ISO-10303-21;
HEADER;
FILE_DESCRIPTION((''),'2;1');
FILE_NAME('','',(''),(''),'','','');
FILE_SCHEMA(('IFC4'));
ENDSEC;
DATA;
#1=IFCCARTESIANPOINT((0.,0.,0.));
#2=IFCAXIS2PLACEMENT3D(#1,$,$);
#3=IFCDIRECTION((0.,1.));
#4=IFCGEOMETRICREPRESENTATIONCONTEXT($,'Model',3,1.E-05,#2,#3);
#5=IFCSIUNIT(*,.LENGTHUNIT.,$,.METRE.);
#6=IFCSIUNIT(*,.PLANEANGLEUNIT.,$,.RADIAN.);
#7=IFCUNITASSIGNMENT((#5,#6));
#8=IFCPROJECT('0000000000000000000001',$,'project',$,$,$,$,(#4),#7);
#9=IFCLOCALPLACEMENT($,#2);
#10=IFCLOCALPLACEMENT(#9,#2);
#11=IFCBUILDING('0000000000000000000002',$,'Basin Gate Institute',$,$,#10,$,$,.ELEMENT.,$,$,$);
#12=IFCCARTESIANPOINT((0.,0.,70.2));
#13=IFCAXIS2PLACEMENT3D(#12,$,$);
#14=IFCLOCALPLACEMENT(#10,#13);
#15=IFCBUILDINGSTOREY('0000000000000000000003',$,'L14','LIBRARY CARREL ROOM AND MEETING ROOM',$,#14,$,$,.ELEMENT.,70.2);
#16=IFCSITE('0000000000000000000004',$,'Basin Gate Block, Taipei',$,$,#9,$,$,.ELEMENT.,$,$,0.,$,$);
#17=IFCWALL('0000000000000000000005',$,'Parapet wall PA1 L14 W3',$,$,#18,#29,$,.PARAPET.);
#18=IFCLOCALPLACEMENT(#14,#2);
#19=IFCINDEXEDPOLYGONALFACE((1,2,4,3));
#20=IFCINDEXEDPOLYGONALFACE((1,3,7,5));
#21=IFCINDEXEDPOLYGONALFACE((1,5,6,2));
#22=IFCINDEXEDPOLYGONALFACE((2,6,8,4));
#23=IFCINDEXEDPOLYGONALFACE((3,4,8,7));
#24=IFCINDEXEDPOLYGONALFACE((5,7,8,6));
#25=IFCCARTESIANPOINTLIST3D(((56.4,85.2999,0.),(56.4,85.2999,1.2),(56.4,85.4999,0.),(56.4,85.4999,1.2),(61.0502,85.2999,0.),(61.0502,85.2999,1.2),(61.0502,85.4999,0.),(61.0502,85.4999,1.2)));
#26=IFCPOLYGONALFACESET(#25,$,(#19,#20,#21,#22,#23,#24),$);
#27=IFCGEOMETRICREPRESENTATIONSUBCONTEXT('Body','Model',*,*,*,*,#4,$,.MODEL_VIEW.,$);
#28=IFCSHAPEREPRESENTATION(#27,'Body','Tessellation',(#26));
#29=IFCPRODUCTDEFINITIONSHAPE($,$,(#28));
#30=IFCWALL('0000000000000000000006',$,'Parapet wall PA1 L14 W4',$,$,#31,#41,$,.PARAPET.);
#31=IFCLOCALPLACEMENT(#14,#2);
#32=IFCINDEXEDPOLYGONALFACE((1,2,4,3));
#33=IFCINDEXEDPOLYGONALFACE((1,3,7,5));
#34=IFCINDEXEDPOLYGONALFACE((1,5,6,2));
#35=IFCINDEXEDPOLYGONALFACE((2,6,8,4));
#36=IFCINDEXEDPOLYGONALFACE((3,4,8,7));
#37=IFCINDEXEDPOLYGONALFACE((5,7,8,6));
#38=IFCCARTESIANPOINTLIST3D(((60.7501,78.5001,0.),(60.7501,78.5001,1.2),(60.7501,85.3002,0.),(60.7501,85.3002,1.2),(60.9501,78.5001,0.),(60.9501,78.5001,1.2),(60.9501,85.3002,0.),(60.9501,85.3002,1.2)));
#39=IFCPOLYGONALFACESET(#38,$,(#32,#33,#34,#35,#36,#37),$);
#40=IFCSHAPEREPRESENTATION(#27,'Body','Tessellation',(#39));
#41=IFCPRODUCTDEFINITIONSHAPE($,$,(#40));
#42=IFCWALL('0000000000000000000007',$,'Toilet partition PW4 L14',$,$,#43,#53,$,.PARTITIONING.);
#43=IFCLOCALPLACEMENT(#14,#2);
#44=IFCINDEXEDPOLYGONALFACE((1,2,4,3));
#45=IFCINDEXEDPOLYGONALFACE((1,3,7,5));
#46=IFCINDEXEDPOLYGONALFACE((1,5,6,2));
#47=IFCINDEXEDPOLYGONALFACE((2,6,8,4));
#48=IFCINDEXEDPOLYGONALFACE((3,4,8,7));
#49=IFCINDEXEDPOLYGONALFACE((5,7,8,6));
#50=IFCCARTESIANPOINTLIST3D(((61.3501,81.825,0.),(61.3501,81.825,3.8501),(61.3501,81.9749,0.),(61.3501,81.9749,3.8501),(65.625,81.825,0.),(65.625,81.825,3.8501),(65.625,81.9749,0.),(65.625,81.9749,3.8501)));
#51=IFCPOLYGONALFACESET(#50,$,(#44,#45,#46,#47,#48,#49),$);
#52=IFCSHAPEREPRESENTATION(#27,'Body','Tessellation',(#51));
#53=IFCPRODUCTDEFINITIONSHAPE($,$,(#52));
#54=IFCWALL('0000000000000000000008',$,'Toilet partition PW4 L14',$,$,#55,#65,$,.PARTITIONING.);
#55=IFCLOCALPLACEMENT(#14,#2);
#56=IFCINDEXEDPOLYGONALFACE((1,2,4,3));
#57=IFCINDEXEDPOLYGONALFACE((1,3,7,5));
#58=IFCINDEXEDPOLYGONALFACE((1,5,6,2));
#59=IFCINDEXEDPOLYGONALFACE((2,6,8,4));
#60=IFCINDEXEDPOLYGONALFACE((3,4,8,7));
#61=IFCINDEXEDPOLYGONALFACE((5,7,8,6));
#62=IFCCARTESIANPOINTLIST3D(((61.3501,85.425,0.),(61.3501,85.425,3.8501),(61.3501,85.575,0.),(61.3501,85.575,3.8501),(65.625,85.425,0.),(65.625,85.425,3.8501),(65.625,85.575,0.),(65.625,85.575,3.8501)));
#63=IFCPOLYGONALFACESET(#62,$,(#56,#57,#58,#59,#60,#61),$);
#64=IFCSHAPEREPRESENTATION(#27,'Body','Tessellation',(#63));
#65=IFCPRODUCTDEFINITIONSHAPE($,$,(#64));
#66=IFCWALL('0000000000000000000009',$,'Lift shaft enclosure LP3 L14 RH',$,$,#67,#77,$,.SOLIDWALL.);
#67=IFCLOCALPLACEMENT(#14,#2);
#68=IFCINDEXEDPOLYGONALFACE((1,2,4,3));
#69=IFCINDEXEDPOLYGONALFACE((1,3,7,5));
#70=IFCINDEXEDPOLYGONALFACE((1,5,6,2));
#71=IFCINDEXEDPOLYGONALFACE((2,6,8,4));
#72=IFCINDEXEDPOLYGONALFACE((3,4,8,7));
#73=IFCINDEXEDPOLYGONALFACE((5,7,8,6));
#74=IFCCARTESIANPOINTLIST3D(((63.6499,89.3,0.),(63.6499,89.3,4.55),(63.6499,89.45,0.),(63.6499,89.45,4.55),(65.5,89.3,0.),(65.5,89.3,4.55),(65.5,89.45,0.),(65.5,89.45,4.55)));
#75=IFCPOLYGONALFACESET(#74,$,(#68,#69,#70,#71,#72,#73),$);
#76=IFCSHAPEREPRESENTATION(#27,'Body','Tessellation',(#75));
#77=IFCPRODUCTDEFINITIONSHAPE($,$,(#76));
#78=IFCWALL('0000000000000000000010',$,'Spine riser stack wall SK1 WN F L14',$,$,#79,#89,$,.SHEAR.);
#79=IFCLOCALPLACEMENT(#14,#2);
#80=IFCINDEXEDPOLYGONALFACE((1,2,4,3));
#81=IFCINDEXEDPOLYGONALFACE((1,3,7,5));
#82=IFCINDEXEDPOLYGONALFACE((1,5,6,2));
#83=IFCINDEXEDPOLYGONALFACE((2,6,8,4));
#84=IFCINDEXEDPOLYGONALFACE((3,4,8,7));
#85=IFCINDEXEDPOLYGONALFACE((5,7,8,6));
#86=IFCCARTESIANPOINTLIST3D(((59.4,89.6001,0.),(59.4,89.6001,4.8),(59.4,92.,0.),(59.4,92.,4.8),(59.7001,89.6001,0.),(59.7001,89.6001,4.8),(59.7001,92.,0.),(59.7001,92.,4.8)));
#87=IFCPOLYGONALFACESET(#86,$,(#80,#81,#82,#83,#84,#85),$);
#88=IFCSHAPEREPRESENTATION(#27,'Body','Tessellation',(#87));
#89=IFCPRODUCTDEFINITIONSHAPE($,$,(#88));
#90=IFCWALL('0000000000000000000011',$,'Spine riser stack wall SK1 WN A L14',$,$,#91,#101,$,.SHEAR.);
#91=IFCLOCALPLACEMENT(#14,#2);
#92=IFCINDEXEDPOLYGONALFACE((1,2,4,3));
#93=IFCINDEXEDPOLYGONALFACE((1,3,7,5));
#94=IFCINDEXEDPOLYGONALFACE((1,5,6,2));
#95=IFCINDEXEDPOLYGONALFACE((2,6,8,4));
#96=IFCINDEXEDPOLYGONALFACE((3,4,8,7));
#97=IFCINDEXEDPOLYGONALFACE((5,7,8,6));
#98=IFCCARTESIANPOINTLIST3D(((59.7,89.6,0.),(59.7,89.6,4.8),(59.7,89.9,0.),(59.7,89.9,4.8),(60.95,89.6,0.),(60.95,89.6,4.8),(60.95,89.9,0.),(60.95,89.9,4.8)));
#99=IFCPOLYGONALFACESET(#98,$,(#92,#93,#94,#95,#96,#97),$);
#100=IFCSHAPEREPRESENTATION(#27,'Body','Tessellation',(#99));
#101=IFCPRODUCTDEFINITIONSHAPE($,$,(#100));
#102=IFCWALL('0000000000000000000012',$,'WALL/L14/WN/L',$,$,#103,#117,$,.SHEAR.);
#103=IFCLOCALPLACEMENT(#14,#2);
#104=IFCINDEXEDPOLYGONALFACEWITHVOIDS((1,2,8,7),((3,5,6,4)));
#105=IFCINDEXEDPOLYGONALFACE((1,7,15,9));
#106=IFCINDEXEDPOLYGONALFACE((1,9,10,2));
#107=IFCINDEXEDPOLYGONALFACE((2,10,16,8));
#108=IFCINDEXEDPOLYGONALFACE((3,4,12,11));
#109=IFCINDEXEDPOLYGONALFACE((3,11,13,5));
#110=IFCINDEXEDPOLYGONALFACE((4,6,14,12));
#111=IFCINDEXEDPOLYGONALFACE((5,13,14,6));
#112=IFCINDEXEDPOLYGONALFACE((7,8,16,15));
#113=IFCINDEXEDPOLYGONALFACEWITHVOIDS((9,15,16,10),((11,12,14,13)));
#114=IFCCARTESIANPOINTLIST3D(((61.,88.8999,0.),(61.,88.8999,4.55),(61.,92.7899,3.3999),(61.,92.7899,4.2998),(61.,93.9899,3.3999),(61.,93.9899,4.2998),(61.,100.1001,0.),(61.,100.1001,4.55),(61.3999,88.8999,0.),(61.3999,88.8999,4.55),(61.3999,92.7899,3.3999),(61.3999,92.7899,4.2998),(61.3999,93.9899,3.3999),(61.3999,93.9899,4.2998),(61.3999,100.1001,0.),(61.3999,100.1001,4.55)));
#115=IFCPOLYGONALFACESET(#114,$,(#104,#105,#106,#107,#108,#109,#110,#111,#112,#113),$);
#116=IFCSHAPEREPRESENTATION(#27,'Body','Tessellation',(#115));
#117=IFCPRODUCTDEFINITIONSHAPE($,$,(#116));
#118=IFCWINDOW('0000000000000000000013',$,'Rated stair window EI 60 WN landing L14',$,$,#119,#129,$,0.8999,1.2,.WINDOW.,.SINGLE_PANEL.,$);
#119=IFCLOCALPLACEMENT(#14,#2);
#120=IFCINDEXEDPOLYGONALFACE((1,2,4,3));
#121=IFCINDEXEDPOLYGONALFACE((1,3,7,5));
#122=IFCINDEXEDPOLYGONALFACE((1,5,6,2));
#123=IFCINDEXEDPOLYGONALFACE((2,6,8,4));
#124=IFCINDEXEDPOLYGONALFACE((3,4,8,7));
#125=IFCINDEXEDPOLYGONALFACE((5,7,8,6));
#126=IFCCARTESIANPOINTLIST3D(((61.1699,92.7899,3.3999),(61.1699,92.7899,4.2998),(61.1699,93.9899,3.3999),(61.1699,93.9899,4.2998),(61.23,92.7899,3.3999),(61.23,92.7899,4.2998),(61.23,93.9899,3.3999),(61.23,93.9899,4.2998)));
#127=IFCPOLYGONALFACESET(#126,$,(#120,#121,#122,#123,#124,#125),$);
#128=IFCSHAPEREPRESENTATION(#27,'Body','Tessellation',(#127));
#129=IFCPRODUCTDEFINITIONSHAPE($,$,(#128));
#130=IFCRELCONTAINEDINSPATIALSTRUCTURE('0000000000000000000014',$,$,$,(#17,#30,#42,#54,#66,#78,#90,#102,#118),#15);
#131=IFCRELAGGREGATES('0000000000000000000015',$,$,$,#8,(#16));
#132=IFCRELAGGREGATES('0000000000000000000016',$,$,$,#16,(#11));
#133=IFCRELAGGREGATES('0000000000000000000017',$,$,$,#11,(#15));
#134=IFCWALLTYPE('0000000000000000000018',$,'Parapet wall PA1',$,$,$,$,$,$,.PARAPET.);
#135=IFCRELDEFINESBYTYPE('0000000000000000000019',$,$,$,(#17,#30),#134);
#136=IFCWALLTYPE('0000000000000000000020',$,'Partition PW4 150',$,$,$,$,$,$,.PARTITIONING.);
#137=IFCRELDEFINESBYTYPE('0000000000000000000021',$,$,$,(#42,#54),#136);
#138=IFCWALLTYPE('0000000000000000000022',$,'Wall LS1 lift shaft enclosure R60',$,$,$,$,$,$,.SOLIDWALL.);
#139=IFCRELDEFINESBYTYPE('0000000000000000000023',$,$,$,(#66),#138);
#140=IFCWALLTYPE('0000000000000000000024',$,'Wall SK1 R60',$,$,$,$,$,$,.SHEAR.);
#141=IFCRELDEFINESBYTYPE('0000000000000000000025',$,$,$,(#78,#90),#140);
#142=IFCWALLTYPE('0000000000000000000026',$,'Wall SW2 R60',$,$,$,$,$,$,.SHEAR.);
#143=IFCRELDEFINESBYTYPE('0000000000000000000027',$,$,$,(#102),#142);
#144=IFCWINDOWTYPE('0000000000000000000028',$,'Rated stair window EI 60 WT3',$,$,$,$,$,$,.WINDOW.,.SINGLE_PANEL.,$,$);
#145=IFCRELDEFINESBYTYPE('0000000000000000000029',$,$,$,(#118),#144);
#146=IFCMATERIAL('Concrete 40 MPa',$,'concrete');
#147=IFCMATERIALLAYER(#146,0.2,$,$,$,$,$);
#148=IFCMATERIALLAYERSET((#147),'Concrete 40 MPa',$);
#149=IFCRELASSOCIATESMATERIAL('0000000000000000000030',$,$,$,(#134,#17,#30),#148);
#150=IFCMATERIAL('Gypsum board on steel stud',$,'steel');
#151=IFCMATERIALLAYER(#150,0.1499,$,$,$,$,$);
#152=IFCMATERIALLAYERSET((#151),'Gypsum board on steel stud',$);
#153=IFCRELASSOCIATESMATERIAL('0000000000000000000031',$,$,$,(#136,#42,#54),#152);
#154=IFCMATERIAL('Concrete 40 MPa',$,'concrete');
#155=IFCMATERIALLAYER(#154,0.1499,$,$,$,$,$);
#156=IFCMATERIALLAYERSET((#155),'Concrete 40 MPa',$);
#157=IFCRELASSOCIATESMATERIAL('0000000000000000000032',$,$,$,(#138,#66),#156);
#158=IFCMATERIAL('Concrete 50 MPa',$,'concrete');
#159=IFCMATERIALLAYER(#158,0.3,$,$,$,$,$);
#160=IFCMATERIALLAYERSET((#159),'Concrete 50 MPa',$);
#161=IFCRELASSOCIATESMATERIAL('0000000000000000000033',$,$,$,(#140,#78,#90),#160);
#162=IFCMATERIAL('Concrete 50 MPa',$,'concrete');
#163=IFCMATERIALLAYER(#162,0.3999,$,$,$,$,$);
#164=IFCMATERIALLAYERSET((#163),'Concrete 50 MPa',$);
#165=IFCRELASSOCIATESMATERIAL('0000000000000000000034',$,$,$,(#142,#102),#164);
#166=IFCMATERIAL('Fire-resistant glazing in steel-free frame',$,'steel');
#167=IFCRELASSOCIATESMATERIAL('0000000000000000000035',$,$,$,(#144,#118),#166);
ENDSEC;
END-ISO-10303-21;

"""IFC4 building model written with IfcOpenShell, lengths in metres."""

from ifc_helpers import new_model, si_unit, direction, frame, frame_2d, origin, place, context, subcontext, project, spatial, rectangle, extrude, material, layer, layer_set, type_object, element, fill, save


model = new_model("IFC4")

# Units and contexts
model_context = context("Model", 3, precision=1e-05, world=origin(), true_north=direction((0.0, 1.0)))
body_context = subcontext(model_context, "Body", "Model", "MODEL_VIEW")
ifc_project = project(units=[si_unit("LENGTHUNIT", "METRE"), si_unit("PLANEANGLEUNIT", "RADIAN")], contexts=[model_context])

# Site, building, storey
site_placement = place(None, origin())
site = spatial("IfcSite", under=ifc_project, at=site_placement, Name="Basin Gate Block, Taipei", CompositionType="ELEMENT", RefElevation=0.0)
building_placement = place(site_placement, origin())
building = spatial("IfcBuilding", under=site, at=building_placement, Name="Basin Gate Institute", CompositionType="ELEMENT")
storey_placement = place(building_placement, frame((0.0, 0.0, 70.2)))
storey = spatial("IfcBuildingStorey", under=building, at=storey_placement, Name="L14", Description="LIBRARY CARREL ROOM AND MEETING ROOM", CompositionType="ELEMENT", Elevation=70.2)

# Walls
ifc_material_1 = material(Name="Concrete 40 MPa", Category="concrete")
ifc_layer_1 = layer(ifc_material_1, 0.2)
ifc_layer_set_1 = layer_set([ifc_layer_1], Name="Concrete 40 MPa")
wall_type_1 = type_object("IfcWallType", Name="Parapet wall PA1", PredefinedType="PARAPET", material=ifc_layer_set_1)
wall_1_placement = place(storey_placement, frame((56.3999, 85.3999, 0.0), z_axis=(0.0, 0.0, 1.0), x_axis=(1.0, 0.0, 0.0)))
element("IfcWall", 1, at=wall_1_placement, inside=storey, type_object=wall_type_1, material=ifc_layer_set_1, Name="Parapet wall PA1 L14 W3", PredefinedType="PARAPET", context=body_context, shape_type="SweptSolid", body=[
    extrude(rectangle(XDim=4.6501, YDim=0.2, at=frame_2d((2.3252, 0.0))), origin(), (0.0, 0.0, 1.0), 1.2),
])
wall_2_placement = place(storey_placement, frame((60.8501, 85.3, 0.0), z_axis=(0.0, 0.0, 1.0), x_axis=(0.0, -1.0, 0.0)))
element("IfcWall", 2, at=wall_2_placement, inside=storey, type_object=wall_type_1, material=ifc_layer_set_1, Name="Parapet wall PA1 L14 W4", PredefinedType="PARAPET", context=body_context, shape_type="SweptSolid", body=[
    extrude(rectangle(XDim=6.8, YDim=0.2, at=frame_2d((3.3999, 0.0))), origin(), (0.0, 0.0, 1.0), 1.2),
])
ifc_material_2 = material(Name="Gypsum board on steel stud", Category="steel")
ifc_layer_2 = layer(ifc_material_2, 0.1499)
ifc_layer_set_2 = layer_set([ifc_layer_2], Name="Gypsum board on steel stud")
wall_type_2 = type_object("IfcWallType", Name="Partition PW4 150", PredefinedType="PARTITIONING", material=ifc_layer_set_2)
for number, where, z_axis, x_axis, name in (
    (3, (61.3501, 81.8999, 0.0), (0.0, 0.0, 1.0), (1.0, 0.0, 0.0), "Toilet partition PW4 L14"),
    (4, (61.3501, 85.5, 0.0), (0.0, 0.0, 1.0), (1.0, 0.0, 0.0), "Toilet partition PW4 L14"),
):
    element("IfcWall", number, at=place(storey_placement, frame(where, z_axis=z_axis, x_axis=x_axis)), inside=storey, type_object=wall_type_2, material=ifc_layer_set_2, Name=name, PredefinedType="PARTITIONING", context=body_context, shape_type="SweptSolid", body=[
        extrude(rectangle(XDim=4.2749, YDim=0.1499, at=frame_2d((2.1375, 0.0))), origin(), (0.0, 0.0, 1.0), 3.8501),
    ])
ifc_material_3 = material(Name="Concrete 40 MPa", Category="concrete")
ifc_layer_3 = layer(ifc_material_3, 0.1499)
ifc_layer_set_3 = layer_set([ifc_layer_3], Name="Concrete 40 MPa")
wall_type_3 = type_object("IfcWallType", Name="Wall LS1 lift shaft enclosure R60", PredefinedType="SOLIDWALL", material=ifc_layer_set_3)
wall_3_placement = place(storey_placement, frame((63.6499, 89.375, 0.0), z_axis=(0.0, 0.0, 1.0), x_axis=(1.0, 0.0, 0.0)))
element("IfcWall", 5, at=wall_3_placement, inside=storey, type_object=wall_type_3, material=ifc_layer_set_3, Name="Lift shaft enclosure LP3 L14 RH", PredefinedType="SOLIDWALL", context=body_context, shape_type="SweptSolid", body=[
    extrude(rectangle(XDim=1.8501, YDim=0.1499, at=frame_2d((0.925, 0.0))), origin(), (0.0, 0.0, 1.0), 4.55),
])
ifc_material_4 = material(Name="Concrete 50 MPa", Category="concrete")
ifc_layer_4 = layer(ifc_material_4, 0.3)
ifc_layer_set_4 = layer_set([ifc_layer_4], Name="Concrete 50 MPa")
wall_type_4 = type_object("IfcWallType", Name="Wall SK1 R60", PredefinedType="SHEAR", material=ifc_layer_set_4)
wall_4_placement = place(storey_placement, frame((59.55, 89.6001, 0.0), z_axis=(0.0, 0.0, 1.0), x_axis=(0.0, 1.0, 0.0)))
element("IfcWall", 6, at=wall_4_placement, inside=storey, type_object=wall_type_4, material=ifc_layer_set_4, Name="Spine riser stack wall SK1 WN F L14", PredefinedType="SHEAR", context=body_context, shape_type="SweptSolid", body=[
    extrude(rectangle(XDim=2.3999, YDim=0.3, at=frame_2d((1.2, 0.0))), origin(), (0.0, 0.0, 1.0), 4.8),
])
wall_5_placement = place(storey_placement, frame((60.95, 89.75, 0.0), z_axis=(0.0, 0.0, 1.0), x_axis=(-1.0, 0.0, 0.0)))
element("IfcWall", 7, at=wall_5_placement, inside=storey, type_object=wall_type_4, material=ifc_layer_set_4, Name="Spine riser stack wall SK1 WN A L14", PredefinedType="SHEAR", context=body_context, shape_type="SweptSolid", body=[
    extrude(rectangle(XDim=1.25, YDim=0.3, at=frame_2d((0.625, 0.0))), origin(), (0.0, 0.0, 1.0), 4.8),
])

# Wall, opening, window
ifc_material_5 = material(Name="Concrete 50 MPa", Category="concrete")
ifc_layer_5 = layer(ifc_material_5, 0.3999)
ifc_layer_set_5 = layer_set([ifc_layer_5], Name="Concrete 50 MPa")
wall_type_5 = type_object("IfcWallType", Name="Wall SW2 R60", PredefinedType="SHEAR", material=ifc_layer_set_5)
wall_6_placement = place(storey_placement, frame((61.2, 88.8999, 0.0), z_axis=(0.0, 0.0, 1.0), x_axis=(0.0, 1.0, 0.0)))
wall_6 = element("IfcWall", 8, at=wall_6_placement, inside=storey, type_object=wall_type_5, material=ifc_layer_set_5, Name="WALL/L14/WN/L", PredefinedType="SHEAR", context=body_context, shape_type="SweptSolid", body=[
    extrude(rectangle(XDim=11.2002, YDim=0.3999, at=frame_2d((5.6001, 0.0))), origin(), (0.0, 0.0, 1.0), 4.55),
])
opening_1_placement = place(wall_6_placement, frame((3.8899, 0.0, 3.3999)))
opening_1 = element("IfcOpeningElement", 9, at=opening_1_placement, cuts=wall_6, PredefinedType="OPENING", context=body_context, shape_type="SweptSolid", body=[
    extrude(rectangle(XDim=1.2, YDim=0.8999, at=frame_2d((0.6001, 0.45))), frame((0.0, 0.21, 0.0), z_axis=(0.0, -1.0, 0.0), x_axis=(1.0, 0.0, 0.0)), (0.0, 0.0, 1.0), 0.4199),
])
ifc_material_6 = material(Name="Fire-resistant glazing in steel-free frame", Category="steel")
window_type_1 = type_object("IfcWindowType", Name="Rated stair window EI 60 WT3", PartitioningType="SINGLE_PANEL", PredefinedType="WINDOW", material=ifc_material_6)
window_1_placement = place(opening_1_placement, origin())
window_1 = element("IfcWindow", 10, at=window_1_placement, inside=storey, type_object=window_type_1, material=ifc_material_6, Name="Rated stair window EI 60 WN landing L14", OverallHeight=0.8999, OverallWidth=1.2, PartitioningType="SINGLE_PANEL", PredefinedType="WINDOW", context=body_context, shape_type="SweptSolid", body=[
    extrude(rectangle(XDim=1.2, YDim=0.8999, at=frame_2d((0.6001, 0.45))), frame((0.0, 0.03, 0.0), z_axis=(0.0, -1.0, 0.0), x_axis=(1.0, 0.0, 0.0)), (0.0, 0.0, 1.0), 0.0601),
])
fill(opening_1, window_1)

save(model, "model.ifc")
